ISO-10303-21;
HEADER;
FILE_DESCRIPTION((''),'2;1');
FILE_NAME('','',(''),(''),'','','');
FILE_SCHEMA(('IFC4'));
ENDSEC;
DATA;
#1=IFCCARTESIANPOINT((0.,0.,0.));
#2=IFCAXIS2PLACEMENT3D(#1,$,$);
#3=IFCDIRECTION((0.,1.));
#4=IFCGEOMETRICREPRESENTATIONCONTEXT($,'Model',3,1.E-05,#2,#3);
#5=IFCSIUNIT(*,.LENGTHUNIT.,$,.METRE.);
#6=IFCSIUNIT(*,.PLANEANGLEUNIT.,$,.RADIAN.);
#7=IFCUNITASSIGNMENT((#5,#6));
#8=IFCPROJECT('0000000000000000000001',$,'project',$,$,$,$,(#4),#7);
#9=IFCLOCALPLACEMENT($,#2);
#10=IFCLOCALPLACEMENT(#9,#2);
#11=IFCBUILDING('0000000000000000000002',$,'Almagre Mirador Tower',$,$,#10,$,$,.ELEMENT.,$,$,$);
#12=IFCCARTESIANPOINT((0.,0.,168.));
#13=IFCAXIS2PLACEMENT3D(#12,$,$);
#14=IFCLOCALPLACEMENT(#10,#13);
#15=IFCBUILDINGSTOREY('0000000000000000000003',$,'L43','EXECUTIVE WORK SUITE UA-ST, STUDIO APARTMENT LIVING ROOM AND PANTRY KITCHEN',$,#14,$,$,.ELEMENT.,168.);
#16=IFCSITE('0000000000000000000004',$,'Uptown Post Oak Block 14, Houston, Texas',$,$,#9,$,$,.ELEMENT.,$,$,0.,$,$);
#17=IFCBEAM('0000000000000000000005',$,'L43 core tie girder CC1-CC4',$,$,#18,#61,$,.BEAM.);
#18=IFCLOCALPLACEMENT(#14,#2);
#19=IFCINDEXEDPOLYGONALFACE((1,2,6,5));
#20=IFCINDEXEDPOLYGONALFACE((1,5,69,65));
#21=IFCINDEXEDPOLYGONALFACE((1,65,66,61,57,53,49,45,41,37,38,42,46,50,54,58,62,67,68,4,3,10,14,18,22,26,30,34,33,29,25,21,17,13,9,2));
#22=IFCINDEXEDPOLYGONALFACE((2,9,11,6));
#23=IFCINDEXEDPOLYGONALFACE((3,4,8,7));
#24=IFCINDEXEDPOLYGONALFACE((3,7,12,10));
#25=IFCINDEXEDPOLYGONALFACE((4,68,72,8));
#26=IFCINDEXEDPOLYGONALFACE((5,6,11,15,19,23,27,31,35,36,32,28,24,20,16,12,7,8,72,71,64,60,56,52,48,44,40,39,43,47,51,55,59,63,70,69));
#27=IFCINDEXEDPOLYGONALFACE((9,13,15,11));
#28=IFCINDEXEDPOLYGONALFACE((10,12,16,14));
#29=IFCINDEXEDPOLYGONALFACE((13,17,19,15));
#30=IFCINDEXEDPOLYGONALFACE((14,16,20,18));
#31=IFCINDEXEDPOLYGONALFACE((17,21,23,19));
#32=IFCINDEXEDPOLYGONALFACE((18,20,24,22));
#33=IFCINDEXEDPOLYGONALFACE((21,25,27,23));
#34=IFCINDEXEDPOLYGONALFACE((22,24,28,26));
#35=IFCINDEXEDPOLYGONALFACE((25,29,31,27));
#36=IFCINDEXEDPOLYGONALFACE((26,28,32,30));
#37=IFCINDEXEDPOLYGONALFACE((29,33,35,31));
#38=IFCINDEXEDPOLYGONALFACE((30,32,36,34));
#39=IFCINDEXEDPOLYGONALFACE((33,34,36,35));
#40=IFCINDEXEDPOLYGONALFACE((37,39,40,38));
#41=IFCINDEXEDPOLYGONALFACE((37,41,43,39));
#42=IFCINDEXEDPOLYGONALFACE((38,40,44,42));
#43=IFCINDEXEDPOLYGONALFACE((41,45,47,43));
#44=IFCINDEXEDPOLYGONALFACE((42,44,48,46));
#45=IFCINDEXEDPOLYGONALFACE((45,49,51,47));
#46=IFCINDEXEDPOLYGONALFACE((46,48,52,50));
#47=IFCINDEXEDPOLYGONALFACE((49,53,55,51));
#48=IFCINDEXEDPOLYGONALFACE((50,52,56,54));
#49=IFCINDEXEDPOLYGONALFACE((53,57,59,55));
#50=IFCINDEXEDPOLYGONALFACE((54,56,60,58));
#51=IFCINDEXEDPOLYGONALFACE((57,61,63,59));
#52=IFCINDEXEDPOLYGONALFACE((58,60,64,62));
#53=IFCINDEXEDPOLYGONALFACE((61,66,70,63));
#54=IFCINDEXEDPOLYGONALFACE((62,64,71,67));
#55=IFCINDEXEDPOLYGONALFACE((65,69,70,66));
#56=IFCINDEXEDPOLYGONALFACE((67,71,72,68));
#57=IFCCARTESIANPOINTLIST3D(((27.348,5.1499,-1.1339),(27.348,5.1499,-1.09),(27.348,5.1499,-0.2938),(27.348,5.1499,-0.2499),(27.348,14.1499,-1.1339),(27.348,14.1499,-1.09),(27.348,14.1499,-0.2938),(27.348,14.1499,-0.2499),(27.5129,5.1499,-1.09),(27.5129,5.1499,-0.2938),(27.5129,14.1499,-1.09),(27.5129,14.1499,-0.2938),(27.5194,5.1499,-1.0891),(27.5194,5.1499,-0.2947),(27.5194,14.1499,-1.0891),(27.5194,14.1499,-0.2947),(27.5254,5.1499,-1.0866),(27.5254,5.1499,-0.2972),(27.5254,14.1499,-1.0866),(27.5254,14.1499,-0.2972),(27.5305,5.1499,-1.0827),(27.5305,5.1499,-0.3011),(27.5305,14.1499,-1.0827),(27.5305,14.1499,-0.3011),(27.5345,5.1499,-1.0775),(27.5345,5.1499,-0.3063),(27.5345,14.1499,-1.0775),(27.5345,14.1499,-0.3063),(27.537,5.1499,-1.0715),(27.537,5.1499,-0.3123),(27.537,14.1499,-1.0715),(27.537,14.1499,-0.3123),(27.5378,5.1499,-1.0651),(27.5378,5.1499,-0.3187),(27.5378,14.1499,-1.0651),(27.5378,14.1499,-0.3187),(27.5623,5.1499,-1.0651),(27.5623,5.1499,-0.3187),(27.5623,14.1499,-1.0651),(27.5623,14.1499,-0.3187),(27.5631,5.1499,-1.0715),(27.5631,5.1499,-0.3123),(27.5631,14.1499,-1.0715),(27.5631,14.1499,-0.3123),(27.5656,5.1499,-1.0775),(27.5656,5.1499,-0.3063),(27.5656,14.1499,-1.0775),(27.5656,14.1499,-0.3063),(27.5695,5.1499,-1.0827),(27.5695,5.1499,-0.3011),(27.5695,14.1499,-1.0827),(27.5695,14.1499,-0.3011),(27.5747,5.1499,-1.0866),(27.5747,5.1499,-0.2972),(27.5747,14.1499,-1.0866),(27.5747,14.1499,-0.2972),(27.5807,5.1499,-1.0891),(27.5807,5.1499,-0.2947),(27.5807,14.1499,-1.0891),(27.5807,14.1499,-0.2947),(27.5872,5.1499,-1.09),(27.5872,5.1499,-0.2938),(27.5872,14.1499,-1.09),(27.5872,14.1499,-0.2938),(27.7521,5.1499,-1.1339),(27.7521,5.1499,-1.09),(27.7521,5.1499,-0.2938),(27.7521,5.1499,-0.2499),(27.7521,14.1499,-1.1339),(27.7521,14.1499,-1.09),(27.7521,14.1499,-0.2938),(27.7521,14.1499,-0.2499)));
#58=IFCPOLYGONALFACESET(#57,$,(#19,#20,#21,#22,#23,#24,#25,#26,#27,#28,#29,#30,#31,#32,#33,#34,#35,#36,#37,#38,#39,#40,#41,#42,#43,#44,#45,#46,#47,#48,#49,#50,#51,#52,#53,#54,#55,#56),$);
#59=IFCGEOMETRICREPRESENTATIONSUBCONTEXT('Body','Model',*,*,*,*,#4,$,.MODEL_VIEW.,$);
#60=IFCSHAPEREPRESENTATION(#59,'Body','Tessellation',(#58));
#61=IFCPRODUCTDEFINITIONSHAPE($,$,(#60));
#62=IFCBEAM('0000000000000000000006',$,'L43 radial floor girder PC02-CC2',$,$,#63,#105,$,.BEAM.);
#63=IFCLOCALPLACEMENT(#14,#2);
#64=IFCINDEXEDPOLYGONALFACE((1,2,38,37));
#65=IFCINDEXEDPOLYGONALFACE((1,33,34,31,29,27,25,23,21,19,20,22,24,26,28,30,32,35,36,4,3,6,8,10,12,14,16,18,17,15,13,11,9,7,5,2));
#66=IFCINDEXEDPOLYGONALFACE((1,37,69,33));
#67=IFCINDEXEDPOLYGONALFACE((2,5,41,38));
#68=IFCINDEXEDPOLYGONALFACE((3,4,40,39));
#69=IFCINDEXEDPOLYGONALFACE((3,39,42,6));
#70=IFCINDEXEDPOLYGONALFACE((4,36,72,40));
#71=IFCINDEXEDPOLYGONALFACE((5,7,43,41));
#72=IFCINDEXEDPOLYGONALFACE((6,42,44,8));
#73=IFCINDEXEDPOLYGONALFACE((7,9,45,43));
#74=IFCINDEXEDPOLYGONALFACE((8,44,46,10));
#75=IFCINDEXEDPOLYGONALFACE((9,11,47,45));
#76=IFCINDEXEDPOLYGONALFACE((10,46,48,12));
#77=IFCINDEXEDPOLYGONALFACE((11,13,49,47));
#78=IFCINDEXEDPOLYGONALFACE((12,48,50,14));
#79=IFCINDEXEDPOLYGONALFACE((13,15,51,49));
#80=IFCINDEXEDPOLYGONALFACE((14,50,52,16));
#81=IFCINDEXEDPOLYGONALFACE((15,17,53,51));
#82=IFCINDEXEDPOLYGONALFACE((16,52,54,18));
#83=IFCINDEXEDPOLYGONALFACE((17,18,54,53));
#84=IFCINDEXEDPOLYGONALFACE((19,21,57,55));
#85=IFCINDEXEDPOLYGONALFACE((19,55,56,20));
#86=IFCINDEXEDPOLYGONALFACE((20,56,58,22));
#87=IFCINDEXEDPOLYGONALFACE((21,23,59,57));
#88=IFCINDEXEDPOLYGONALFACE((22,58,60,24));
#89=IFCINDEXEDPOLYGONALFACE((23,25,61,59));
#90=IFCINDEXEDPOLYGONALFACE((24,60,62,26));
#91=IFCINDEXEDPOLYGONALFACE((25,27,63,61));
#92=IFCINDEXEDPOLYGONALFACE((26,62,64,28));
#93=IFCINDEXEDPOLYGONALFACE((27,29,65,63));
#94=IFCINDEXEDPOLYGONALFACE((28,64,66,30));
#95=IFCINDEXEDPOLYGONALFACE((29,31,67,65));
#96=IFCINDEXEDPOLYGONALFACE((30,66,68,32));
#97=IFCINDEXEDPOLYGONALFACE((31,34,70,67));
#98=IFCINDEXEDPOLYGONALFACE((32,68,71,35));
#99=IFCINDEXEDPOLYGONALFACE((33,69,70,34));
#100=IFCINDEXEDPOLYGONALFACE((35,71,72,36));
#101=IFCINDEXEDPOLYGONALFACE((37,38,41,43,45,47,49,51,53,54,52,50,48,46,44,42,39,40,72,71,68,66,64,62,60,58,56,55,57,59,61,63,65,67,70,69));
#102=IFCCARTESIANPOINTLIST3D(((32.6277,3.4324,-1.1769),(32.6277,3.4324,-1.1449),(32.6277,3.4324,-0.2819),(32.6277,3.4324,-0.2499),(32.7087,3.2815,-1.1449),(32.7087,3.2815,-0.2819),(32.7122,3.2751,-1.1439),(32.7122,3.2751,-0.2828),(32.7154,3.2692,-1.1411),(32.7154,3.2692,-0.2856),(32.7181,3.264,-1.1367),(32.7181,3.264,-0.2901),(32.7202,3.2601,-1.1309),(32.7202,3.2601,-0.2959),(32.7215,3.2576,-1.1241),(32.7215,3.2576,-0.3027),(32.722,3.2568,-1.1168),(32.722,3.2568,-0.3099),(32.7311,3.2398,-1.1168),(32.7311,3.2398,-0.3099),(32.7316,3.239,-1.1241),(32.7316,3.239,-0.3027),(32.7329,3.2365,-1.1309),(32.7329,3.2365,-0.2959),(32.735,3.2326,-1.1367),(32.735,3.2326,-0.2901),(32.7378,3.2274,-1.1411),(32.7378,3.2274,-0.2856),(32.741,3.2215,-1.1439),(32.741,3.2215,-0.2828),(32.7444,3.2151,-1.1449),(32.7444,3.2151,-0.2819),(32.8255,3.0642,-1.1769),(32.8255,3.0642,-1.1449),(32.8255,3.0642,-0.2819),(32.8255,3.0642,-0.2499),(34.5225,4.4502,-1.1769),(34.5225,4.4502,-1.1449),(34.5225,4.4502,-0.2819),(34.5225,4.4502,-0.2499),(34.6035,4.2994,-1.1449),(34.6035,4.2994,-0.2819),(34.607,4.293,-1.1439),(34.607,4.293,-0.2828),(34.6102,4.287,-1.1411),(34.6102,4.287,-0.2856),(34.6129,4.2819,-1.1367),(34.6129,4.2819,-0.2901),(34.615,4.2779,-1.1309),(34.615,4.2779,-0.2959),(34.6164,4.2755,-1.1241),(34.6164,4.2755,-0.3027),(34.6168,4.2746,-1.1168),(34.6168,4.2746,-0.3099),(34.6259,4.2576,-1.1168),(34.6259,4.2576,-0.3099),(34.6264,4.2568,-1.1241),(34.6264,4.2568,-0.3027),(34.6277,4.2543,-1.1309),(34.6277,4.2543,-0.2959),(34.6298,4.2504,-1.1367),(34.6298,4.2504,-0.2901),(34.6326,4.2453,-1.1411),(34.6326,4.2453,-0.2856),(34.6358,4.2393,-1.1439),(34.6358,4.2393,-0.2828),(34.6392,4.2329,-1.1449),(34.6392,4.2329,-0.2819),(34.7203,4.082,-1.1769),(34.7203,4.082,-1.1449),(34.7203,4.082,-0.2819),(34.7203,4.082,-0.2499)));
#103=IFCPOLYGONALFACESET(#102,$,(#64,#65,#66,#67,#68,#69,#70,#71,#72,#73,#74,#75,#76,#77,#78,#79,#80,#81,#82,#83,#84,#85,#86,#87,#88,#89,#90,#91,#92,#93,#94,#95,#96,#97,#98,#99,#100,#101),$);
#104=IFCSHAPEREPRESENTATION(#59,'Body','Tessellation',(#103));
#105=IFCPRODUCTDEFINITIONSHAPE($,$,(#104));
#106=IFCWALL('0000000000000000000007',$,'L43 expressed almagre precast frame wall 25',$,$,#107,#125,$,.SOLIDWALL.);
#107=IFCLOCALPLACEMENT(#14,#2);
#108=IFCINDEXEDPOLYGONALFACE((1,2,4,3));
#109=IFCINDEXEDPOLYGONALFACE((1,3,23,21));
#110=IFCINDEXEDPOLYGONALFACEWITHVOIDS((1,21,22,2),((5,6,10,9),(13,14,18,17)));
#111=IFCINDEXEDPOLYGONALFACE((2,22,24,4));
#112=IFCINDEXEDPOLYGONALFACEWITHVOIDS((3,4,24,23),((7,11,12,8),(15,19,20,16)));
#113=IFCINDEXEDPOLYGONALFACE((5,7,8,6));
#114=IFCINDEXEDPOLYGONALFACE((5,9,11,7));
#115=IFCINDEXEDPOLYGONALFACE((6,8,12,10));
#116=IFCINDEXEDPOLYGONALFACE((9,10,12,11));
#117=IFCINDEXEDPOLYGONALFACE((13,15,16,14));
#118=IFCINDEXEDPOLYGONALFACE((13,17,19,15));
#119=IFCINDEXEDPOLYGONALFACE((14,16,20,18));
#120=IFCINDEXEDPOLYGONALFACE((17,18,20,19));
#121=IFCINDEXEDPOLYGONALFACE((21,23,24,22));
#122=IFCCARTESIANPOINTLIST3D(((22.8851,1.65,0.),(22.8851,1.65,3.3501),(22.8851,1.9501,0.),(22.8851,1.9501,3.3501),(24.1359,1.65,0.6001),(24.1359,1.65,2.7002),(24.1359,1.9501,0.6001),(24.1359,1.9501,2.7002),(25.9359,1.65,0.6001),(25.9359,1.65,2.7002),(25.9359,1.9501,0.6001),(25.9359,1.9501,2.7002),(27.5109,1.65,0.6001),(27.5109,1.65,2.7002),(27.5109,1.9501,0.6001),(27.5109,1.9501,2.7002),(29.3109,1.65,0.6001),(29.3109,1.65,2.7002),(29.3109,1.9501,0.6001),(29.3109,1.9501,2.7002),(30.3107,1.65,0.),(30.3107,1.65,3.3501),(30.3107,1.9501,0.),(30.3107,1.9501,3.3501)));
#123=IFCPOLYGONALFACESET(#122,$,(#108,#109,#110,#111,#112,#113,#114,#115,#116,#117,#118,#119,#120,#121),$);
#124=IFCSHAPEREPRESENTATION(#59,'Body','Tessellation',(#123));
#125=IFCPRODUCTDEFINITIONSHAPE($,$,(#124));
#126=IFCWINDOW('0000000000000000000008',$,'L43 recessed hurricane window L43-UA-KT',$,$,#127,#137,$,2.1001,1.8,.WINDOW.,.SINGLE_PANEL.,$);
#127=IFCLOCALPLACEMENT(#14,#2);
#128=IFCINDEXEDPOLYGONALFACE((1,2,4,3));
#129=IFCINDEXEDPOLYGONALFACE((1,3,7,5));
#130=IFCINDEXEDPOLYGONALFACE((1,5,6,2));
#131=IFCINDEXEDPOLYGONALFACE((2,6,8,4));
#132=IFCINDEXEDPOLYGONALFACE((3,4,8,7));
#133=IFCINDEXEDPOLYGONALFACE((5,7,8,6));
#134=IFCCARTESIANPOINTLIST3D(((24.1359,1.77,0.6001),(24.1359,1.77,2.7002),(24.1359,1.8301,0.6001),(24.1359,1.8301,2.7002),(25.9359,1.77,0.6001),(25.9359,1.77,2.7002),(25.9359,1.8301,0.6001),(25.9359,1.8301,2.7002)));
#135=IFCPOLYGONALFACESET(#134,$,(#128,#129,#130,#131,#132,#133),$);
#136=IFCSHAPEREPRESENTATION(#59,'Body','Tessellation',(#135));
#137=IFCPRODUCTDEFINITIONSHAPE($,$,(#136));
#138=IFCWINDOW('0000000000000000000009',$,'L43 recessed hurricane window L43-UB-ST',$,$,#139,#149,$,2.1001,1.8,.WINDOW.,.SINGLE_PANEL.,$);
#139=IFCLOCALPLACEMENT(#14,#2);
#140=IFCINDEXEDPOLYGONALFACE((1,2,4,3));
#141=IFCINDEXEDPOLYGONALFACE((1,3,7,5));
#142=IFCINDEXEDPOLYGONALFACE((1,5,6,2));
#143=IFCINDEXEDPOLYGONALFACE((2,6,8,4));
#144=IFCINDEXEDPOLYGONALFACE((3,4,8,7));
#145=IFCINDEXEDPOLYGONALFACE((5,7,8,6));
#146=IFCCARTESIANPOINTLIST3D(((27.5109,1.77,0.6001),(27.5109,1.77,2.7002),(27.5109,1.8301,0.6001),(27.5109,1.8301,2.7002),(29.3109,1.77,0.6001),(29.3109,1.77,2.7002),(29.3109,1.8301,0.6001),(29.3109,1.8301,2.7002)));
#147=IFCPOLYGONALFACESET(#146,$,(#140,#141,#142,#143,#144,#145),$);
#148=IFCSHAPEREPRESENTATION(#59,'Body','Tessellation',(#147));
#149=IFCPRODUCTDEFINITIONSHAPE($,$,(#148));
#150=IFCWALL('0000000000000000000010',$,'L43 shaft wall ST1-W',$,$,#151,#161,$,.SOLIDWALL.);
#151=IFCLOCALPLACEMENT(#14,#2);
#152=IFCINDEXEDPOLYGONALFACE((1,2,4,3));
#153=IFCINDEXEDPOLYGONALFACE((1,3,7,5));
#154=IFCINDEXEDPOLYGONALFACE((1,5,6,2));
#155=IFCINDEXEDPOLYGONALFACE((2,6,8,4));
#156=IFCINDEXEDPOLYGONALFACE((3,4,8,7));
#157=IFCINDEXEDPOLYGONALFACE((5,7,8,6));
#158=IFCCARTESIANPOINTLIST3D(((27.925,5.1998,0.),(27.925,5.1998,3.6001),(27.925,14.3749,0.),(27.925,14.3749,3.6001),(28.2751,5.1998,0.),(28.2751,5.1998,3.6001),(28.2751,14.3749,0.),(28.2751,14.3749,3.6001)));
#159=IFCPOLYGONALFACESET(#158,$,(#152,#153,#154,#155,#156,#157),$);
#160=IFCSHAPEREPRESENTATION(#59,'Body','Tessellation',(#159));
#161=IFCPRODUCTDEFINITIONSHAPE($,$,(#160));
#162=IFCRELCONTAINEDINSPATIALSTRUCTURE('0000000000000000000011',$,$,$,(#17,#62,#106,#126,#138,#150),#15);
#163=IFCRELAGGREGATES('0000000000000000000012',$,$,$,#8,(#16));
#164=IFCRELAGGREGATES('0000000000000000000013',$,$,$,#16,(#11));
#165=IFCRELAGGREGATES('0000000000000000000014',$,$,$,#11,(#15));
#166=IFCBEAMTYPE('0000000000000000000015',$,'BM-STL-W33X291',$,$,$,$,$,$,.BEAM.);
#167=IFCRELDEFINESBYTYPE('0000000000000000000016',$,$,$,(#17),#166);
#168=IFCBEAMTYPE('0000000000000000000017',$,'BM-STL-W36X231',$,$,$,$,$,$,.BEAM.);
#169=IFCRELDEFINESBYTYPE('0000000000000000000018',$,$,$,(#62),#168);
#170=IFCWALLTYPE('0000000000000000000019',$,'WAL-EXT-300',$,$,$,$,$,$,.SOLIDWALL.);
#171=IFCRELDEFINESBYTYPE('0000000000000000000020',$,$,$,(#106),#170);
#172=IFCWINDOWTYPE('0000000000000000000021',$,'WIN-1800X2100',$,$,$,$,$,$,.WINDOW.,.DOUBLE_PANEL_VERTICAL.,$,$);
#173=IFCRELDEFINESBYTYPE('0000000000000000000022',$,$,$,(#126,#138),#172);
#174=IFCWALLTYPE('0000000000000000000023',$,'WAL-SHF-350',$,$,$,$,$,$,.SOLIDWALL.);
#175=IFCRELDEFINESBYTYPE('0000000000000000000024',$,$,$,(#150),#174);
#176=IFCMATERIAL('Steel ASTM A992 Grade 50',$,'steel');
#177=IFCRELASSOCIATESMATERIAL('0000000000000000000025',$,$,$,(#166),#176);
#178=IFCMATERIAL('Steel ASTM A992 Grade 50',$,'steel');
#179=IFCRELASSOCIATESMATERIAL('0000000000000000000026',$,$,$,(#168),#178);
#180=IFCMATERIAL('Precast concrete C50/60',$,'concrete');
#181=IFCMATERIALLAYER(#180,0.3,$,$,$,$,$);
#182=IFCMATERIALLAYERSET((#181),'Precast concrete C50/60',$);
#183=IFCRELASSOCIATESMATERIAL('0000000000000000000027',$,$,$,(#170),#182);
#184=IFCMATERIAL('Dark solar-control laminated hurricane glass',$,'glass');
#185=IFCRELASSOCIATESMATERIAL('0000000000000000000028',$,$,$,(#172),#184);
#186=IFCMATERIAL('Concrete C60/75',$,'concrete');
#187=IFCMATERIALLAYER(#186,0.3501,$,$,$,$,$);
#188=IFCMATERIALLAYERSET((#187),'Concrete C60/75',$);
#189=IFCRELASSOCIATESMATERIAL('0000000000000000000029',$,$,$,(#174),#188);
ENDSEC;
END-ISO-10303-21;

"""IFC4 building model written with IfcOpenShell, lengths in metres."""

from ifc_helpers import new_model, si_unit, direction, frame, frame_2d, origin, origin_2d, place, context, subcontext, project, spatial, rectangle, i_section, extrude, material, layer, layer_set, material_profile, profile_set, type_object, element, fill, save


model = new_model("IFC4")

# Units and contexts
model_context = context("Model", 3, precision=1e-05, world=origin(), true_north=direction((0.0, 1.0)))
body_context = subcontext(model_context, "Body", "Model", "MODEL_VIEW")
ifc_project = project(units=[si_unit("LENGTHUNIT", "METRE"), si_unit("PLANEANGLEUNIT", "RADIAN")], contexts=[model_context])

# Site, building, storey
site_placement = place(None, origin())
site = spatial("IfcSite", under=ifc_project, at=site_placement, Name="Uptown Post Oak Block 14, Houston, Texas", CompositionType="ELEMENT", RefElevation=0.0)
building_placement = place(site_placement, origin())
building = spatial("IfcBuilding", under=site, at=building_placement, Name="Almagre Mirador Tower", CompositionType="ELEMENT")
storey_placement = place(building_placement, frame((0.0, 0.0, 168.0)))
storey = spatial("IfcBuildingStorey", under=building, at=storey_placement, Name="L43", Description="EXECUTIVE WORK SUITE UA-ST, STUDIO APARTMENT LIVING ROOM AND PANTRY KITCHEN", CompositionType="ELEMENT", Elevation=168.0)

# Beams
ifc_material_1 = material(Name="Steel ASTM A992 Grade 50", Category="steel")
ifc_material_profile_1 = material_profile(ifc_material_1, i_section(OverallWidth=0.4041, OverallDepth=0.884, WebThickness=0.0244, FlangeThickness=0.0439, FilletRadius=0.0249, at=origin_2d()), Name="W33X291")
ifc_profile_set_1 = profile_set([ifc_material_profile_1], Name="Steel ASTM A992 Grade 50")
beam_type_1 = type_object("IfcBeamType", Name="BM-STL-W33X291", PredefinedType="BEAM", material=ifc_profile_set_1)
beam_1_placement = place(storey_placement, frame((27.55, 5.1499, -0.6919), z_axis=(0.0, 1.0, 0.0), x_axis=(-1.0, 0.0, 0.0)))
element("IfcBeam", 1, at=beam_1_placement, inside=storey, type_object=beam_type_1, Name="L43 core tie girder CC1-CC4", PredefinedType="BEAM", context=body_context, shape_type="SweptSolid", body=[
    extrude(i_section(OverallWidth=0.4041, OverallDepth=0.884, WebThickness=0.0244, FlangeThickness=0.0439, FilletRadius=0.0249, at=origin_2d()), origin(), (0.0, 0.0, 1.0), 9.0),
])
ifc_material_2 = material(Name="Steel ASTM A992 Grade 50", Category="steel")
ifc_material_profile_2 = material_profile(ifc_material_2, i_section(OverallWidth=0.418, OverallDepth=0.927, WebThickness=0.0193, FlangeThickness=0.032, FilletRadius=0.0281, at=origin_2d()), Name="W36X231")
ifc_profile_set_2 = profile_set([ifc_material_profile_2], Name="Steel ASTM A992 Grade 50")
beam_type_2 = type_object("IfcBeamType", Name="BM-STL-W36X231", PredefinedType="BEAM", material=ifc_profile_set_2)
beam_2_placement = place(storey_placement, frame((32.7266, 3.2483, -0.7134), z_axis=(0.880944, 0.47322, 0.0), x_axis=(-0.47322, 0.880944, 0.0)))
element("IfcBeam", 2, at=beam_2_placement, inside=storey, type_object=beam_type_2, Name="L43 radial floor girder PC02-CC2", PredefinedType="BEAM", context=body_context, shape_type="SweptSolid", body=[
    extrude(i_section(OverallWidth=0.418, OverallDepth=0.927, WebThickness=0.0193, FlangeThickness=0.032, FilletRadius=0.0281, at=origin_2d()), origin(), (0.0, 0.0, 1.0), 2.1509),
])

# Wall, openings, windows
ifc_material_3 = material(Name="Precast concrete C50/60", Category="concrete")
ifc_layer_1 = layer(ifc_material_3, 0.3)
ifc_layer_set_1 = layer_set([ifc_layer_1], Name="Precast concrete C50/60")
wall_type_1 = type_object("IfcWallType", Name="WAL-EXT-300", PredefinedType="SOLIDWALL", material=ifc_layer_set_1)
wall_1_placement = place(storey_placement, frame((30.3108, 1.8, 0.0), z_axis=(0.0, 0.0, 1.0), x_axis=(-1.0, 0.0, 0.0)))
wall_1 = element("IfcWall", 3, at=wall_1_placement, inside=storey, type_object=wall_type_1, Name="L43 expressed almagre precast frame wall 25", PredefinedType="SOLIDWALL", context=body_context, shape_type="SweptSolid", body=[
    extrude(rectangle(XDim=7.4255, YDim=0.3, at=frame_2d((3.7129, 0.0))), origin(), (0.0, 0.0, 1.0), 3.3501),
])
opening_1_placement = place(wall_1_placement, frame((4.375, 0.0, 0.6001)))
opening_1 = element("IfcOpeningElement", 4, at=opening_1_placement, cuts=wall_1, PredefinedType="OPENING", context=body_context, shape_type="SweptSolid", body=[
    extrude(rectangle(XDim=1.8, YDim=2.1001, at=frame_2d((0.8999, 1.05))), frame((0.0, 0.1599, 0.0), z_axis=(0.0, -1.0, 0.0), x_axis=(1.0, 0.0, 0.0)), (0.0, 0.0, 1.0), 0.32),
])
opening_2_placement = place(wall_1_placement, frame((1.0, 0.0, 0.6001)))
opening_2 = element("IfcOpeningElement", 5, at=opening_2_placement, cuts=wall_1, PredefinedType="OPENING", context=body_context, shape_type="SweptSolid", body=[
    extrude(rectangle(XDim=1.8, YDim=2.1001, at=frame_2d((0.8999, 1.05))), frame((0.0, 0.1599, 0.0), z_axis=(0.0, -1.0, 0.0), x_axis=(1.0, 0.0, 0.0)), (0.0, 0.0, 1.0), 0.32),
])
ifc_material_4 = material(Name="Dark solar-control laminated hurricane glass", Category="glass")
window_type = type_object("IfcWindowType", Name="WIN-1800X2100", PartitioningType="DOUBLE_PANEL_VERTICAL", PredefinedType="WINDOW", material=ifc_material_4)
window_1_placement = place(opening_1_placement, origin())
window_1 = element("IfcWindow", 6, at=window_1_placement, inside=storey, type_object=window_type, Name="L43 recessed hurricane window L43-UA-KT", OverallHeight=2.1001, OverallWidth=1.8, PartitioningType="SINGLE_PANEL", PredefinedType="WINDOW", context=body_context, shape_type="SweptSolid", body=[
    extrude(rectangle(XDim=1.8, YDim=2.1001, at=frame_2d((0.8999, 1.05))), frame((0.0, 0.03, 0.0), z_axis=(0.0, -1.0, 0.0), x_axis=(1.0, 0.0, 0.0)), (0.0, 0.0, 1.0), 0.0601),
])
fill(opening_1, window_1)
window_2_placement = place(opening_2_placement, origin())
window_2 = element("IfcWindow", 7, at=window_2_placement, inside=storey, type_object=window_type, Name="L43 recessed hurricane window L43-UB-ST", OverallHeight=2.1001, OverallWidth=1.8, PartitioningType="SINGLE_PANEL", PredefinedType="WINDOW", context=body_context, shape_type="SweptSolid", body=[
    extrude(rectangle(XDim=1.8, YDim=2.1001, at=frame_2d((0.8999, 1.05))), frame((0.0, 0.03, 0.0), z_axis=(0.0, -1.0, 0.0), x_axis=(1.0, 0.0, 0.0)), (0.0, 0.0, 1.0), 0.0601),
])
fill(opening_2, window_2)

# Wall
ifc_material_5 = material(Name="Concrete C60/75", Category="concrete")
ifc_layer_2 = layer(ifc_material_5, 0.3501)
ifc_layer_set_2 = layer_set([ifc_layer_2], Name="Concrete C60/75")
wall_type_2 = type_object("IfcWallType", Name="WAL-SHF-350", PredefinedType="SOLIDWALL", material=ifc_layer_set_2)
wall_2_placement = place(storey_placement, frame((28.1001, 5.2, 0.0), z_axis=(0.0, 0.0, 1.0), x_axis=(0.0, 1.0, 0.0)))
element("IfcWall", 8, at=wall_2_placement, inside=storey, type_object=wall_type_2, Name="L43 shaft wall ST1-W", PredefinedType="SOLIDWALL", context=body_context, shape_type="SweptSolid", body=[
    extrude(rectangle(XDim=9.175, YDim=0.3501, at=frame_2d((4.5874, 0.0))), origin(), (0.0, 0.0, 1.0), 3.6001),
])

save(model, "model.ifc")
